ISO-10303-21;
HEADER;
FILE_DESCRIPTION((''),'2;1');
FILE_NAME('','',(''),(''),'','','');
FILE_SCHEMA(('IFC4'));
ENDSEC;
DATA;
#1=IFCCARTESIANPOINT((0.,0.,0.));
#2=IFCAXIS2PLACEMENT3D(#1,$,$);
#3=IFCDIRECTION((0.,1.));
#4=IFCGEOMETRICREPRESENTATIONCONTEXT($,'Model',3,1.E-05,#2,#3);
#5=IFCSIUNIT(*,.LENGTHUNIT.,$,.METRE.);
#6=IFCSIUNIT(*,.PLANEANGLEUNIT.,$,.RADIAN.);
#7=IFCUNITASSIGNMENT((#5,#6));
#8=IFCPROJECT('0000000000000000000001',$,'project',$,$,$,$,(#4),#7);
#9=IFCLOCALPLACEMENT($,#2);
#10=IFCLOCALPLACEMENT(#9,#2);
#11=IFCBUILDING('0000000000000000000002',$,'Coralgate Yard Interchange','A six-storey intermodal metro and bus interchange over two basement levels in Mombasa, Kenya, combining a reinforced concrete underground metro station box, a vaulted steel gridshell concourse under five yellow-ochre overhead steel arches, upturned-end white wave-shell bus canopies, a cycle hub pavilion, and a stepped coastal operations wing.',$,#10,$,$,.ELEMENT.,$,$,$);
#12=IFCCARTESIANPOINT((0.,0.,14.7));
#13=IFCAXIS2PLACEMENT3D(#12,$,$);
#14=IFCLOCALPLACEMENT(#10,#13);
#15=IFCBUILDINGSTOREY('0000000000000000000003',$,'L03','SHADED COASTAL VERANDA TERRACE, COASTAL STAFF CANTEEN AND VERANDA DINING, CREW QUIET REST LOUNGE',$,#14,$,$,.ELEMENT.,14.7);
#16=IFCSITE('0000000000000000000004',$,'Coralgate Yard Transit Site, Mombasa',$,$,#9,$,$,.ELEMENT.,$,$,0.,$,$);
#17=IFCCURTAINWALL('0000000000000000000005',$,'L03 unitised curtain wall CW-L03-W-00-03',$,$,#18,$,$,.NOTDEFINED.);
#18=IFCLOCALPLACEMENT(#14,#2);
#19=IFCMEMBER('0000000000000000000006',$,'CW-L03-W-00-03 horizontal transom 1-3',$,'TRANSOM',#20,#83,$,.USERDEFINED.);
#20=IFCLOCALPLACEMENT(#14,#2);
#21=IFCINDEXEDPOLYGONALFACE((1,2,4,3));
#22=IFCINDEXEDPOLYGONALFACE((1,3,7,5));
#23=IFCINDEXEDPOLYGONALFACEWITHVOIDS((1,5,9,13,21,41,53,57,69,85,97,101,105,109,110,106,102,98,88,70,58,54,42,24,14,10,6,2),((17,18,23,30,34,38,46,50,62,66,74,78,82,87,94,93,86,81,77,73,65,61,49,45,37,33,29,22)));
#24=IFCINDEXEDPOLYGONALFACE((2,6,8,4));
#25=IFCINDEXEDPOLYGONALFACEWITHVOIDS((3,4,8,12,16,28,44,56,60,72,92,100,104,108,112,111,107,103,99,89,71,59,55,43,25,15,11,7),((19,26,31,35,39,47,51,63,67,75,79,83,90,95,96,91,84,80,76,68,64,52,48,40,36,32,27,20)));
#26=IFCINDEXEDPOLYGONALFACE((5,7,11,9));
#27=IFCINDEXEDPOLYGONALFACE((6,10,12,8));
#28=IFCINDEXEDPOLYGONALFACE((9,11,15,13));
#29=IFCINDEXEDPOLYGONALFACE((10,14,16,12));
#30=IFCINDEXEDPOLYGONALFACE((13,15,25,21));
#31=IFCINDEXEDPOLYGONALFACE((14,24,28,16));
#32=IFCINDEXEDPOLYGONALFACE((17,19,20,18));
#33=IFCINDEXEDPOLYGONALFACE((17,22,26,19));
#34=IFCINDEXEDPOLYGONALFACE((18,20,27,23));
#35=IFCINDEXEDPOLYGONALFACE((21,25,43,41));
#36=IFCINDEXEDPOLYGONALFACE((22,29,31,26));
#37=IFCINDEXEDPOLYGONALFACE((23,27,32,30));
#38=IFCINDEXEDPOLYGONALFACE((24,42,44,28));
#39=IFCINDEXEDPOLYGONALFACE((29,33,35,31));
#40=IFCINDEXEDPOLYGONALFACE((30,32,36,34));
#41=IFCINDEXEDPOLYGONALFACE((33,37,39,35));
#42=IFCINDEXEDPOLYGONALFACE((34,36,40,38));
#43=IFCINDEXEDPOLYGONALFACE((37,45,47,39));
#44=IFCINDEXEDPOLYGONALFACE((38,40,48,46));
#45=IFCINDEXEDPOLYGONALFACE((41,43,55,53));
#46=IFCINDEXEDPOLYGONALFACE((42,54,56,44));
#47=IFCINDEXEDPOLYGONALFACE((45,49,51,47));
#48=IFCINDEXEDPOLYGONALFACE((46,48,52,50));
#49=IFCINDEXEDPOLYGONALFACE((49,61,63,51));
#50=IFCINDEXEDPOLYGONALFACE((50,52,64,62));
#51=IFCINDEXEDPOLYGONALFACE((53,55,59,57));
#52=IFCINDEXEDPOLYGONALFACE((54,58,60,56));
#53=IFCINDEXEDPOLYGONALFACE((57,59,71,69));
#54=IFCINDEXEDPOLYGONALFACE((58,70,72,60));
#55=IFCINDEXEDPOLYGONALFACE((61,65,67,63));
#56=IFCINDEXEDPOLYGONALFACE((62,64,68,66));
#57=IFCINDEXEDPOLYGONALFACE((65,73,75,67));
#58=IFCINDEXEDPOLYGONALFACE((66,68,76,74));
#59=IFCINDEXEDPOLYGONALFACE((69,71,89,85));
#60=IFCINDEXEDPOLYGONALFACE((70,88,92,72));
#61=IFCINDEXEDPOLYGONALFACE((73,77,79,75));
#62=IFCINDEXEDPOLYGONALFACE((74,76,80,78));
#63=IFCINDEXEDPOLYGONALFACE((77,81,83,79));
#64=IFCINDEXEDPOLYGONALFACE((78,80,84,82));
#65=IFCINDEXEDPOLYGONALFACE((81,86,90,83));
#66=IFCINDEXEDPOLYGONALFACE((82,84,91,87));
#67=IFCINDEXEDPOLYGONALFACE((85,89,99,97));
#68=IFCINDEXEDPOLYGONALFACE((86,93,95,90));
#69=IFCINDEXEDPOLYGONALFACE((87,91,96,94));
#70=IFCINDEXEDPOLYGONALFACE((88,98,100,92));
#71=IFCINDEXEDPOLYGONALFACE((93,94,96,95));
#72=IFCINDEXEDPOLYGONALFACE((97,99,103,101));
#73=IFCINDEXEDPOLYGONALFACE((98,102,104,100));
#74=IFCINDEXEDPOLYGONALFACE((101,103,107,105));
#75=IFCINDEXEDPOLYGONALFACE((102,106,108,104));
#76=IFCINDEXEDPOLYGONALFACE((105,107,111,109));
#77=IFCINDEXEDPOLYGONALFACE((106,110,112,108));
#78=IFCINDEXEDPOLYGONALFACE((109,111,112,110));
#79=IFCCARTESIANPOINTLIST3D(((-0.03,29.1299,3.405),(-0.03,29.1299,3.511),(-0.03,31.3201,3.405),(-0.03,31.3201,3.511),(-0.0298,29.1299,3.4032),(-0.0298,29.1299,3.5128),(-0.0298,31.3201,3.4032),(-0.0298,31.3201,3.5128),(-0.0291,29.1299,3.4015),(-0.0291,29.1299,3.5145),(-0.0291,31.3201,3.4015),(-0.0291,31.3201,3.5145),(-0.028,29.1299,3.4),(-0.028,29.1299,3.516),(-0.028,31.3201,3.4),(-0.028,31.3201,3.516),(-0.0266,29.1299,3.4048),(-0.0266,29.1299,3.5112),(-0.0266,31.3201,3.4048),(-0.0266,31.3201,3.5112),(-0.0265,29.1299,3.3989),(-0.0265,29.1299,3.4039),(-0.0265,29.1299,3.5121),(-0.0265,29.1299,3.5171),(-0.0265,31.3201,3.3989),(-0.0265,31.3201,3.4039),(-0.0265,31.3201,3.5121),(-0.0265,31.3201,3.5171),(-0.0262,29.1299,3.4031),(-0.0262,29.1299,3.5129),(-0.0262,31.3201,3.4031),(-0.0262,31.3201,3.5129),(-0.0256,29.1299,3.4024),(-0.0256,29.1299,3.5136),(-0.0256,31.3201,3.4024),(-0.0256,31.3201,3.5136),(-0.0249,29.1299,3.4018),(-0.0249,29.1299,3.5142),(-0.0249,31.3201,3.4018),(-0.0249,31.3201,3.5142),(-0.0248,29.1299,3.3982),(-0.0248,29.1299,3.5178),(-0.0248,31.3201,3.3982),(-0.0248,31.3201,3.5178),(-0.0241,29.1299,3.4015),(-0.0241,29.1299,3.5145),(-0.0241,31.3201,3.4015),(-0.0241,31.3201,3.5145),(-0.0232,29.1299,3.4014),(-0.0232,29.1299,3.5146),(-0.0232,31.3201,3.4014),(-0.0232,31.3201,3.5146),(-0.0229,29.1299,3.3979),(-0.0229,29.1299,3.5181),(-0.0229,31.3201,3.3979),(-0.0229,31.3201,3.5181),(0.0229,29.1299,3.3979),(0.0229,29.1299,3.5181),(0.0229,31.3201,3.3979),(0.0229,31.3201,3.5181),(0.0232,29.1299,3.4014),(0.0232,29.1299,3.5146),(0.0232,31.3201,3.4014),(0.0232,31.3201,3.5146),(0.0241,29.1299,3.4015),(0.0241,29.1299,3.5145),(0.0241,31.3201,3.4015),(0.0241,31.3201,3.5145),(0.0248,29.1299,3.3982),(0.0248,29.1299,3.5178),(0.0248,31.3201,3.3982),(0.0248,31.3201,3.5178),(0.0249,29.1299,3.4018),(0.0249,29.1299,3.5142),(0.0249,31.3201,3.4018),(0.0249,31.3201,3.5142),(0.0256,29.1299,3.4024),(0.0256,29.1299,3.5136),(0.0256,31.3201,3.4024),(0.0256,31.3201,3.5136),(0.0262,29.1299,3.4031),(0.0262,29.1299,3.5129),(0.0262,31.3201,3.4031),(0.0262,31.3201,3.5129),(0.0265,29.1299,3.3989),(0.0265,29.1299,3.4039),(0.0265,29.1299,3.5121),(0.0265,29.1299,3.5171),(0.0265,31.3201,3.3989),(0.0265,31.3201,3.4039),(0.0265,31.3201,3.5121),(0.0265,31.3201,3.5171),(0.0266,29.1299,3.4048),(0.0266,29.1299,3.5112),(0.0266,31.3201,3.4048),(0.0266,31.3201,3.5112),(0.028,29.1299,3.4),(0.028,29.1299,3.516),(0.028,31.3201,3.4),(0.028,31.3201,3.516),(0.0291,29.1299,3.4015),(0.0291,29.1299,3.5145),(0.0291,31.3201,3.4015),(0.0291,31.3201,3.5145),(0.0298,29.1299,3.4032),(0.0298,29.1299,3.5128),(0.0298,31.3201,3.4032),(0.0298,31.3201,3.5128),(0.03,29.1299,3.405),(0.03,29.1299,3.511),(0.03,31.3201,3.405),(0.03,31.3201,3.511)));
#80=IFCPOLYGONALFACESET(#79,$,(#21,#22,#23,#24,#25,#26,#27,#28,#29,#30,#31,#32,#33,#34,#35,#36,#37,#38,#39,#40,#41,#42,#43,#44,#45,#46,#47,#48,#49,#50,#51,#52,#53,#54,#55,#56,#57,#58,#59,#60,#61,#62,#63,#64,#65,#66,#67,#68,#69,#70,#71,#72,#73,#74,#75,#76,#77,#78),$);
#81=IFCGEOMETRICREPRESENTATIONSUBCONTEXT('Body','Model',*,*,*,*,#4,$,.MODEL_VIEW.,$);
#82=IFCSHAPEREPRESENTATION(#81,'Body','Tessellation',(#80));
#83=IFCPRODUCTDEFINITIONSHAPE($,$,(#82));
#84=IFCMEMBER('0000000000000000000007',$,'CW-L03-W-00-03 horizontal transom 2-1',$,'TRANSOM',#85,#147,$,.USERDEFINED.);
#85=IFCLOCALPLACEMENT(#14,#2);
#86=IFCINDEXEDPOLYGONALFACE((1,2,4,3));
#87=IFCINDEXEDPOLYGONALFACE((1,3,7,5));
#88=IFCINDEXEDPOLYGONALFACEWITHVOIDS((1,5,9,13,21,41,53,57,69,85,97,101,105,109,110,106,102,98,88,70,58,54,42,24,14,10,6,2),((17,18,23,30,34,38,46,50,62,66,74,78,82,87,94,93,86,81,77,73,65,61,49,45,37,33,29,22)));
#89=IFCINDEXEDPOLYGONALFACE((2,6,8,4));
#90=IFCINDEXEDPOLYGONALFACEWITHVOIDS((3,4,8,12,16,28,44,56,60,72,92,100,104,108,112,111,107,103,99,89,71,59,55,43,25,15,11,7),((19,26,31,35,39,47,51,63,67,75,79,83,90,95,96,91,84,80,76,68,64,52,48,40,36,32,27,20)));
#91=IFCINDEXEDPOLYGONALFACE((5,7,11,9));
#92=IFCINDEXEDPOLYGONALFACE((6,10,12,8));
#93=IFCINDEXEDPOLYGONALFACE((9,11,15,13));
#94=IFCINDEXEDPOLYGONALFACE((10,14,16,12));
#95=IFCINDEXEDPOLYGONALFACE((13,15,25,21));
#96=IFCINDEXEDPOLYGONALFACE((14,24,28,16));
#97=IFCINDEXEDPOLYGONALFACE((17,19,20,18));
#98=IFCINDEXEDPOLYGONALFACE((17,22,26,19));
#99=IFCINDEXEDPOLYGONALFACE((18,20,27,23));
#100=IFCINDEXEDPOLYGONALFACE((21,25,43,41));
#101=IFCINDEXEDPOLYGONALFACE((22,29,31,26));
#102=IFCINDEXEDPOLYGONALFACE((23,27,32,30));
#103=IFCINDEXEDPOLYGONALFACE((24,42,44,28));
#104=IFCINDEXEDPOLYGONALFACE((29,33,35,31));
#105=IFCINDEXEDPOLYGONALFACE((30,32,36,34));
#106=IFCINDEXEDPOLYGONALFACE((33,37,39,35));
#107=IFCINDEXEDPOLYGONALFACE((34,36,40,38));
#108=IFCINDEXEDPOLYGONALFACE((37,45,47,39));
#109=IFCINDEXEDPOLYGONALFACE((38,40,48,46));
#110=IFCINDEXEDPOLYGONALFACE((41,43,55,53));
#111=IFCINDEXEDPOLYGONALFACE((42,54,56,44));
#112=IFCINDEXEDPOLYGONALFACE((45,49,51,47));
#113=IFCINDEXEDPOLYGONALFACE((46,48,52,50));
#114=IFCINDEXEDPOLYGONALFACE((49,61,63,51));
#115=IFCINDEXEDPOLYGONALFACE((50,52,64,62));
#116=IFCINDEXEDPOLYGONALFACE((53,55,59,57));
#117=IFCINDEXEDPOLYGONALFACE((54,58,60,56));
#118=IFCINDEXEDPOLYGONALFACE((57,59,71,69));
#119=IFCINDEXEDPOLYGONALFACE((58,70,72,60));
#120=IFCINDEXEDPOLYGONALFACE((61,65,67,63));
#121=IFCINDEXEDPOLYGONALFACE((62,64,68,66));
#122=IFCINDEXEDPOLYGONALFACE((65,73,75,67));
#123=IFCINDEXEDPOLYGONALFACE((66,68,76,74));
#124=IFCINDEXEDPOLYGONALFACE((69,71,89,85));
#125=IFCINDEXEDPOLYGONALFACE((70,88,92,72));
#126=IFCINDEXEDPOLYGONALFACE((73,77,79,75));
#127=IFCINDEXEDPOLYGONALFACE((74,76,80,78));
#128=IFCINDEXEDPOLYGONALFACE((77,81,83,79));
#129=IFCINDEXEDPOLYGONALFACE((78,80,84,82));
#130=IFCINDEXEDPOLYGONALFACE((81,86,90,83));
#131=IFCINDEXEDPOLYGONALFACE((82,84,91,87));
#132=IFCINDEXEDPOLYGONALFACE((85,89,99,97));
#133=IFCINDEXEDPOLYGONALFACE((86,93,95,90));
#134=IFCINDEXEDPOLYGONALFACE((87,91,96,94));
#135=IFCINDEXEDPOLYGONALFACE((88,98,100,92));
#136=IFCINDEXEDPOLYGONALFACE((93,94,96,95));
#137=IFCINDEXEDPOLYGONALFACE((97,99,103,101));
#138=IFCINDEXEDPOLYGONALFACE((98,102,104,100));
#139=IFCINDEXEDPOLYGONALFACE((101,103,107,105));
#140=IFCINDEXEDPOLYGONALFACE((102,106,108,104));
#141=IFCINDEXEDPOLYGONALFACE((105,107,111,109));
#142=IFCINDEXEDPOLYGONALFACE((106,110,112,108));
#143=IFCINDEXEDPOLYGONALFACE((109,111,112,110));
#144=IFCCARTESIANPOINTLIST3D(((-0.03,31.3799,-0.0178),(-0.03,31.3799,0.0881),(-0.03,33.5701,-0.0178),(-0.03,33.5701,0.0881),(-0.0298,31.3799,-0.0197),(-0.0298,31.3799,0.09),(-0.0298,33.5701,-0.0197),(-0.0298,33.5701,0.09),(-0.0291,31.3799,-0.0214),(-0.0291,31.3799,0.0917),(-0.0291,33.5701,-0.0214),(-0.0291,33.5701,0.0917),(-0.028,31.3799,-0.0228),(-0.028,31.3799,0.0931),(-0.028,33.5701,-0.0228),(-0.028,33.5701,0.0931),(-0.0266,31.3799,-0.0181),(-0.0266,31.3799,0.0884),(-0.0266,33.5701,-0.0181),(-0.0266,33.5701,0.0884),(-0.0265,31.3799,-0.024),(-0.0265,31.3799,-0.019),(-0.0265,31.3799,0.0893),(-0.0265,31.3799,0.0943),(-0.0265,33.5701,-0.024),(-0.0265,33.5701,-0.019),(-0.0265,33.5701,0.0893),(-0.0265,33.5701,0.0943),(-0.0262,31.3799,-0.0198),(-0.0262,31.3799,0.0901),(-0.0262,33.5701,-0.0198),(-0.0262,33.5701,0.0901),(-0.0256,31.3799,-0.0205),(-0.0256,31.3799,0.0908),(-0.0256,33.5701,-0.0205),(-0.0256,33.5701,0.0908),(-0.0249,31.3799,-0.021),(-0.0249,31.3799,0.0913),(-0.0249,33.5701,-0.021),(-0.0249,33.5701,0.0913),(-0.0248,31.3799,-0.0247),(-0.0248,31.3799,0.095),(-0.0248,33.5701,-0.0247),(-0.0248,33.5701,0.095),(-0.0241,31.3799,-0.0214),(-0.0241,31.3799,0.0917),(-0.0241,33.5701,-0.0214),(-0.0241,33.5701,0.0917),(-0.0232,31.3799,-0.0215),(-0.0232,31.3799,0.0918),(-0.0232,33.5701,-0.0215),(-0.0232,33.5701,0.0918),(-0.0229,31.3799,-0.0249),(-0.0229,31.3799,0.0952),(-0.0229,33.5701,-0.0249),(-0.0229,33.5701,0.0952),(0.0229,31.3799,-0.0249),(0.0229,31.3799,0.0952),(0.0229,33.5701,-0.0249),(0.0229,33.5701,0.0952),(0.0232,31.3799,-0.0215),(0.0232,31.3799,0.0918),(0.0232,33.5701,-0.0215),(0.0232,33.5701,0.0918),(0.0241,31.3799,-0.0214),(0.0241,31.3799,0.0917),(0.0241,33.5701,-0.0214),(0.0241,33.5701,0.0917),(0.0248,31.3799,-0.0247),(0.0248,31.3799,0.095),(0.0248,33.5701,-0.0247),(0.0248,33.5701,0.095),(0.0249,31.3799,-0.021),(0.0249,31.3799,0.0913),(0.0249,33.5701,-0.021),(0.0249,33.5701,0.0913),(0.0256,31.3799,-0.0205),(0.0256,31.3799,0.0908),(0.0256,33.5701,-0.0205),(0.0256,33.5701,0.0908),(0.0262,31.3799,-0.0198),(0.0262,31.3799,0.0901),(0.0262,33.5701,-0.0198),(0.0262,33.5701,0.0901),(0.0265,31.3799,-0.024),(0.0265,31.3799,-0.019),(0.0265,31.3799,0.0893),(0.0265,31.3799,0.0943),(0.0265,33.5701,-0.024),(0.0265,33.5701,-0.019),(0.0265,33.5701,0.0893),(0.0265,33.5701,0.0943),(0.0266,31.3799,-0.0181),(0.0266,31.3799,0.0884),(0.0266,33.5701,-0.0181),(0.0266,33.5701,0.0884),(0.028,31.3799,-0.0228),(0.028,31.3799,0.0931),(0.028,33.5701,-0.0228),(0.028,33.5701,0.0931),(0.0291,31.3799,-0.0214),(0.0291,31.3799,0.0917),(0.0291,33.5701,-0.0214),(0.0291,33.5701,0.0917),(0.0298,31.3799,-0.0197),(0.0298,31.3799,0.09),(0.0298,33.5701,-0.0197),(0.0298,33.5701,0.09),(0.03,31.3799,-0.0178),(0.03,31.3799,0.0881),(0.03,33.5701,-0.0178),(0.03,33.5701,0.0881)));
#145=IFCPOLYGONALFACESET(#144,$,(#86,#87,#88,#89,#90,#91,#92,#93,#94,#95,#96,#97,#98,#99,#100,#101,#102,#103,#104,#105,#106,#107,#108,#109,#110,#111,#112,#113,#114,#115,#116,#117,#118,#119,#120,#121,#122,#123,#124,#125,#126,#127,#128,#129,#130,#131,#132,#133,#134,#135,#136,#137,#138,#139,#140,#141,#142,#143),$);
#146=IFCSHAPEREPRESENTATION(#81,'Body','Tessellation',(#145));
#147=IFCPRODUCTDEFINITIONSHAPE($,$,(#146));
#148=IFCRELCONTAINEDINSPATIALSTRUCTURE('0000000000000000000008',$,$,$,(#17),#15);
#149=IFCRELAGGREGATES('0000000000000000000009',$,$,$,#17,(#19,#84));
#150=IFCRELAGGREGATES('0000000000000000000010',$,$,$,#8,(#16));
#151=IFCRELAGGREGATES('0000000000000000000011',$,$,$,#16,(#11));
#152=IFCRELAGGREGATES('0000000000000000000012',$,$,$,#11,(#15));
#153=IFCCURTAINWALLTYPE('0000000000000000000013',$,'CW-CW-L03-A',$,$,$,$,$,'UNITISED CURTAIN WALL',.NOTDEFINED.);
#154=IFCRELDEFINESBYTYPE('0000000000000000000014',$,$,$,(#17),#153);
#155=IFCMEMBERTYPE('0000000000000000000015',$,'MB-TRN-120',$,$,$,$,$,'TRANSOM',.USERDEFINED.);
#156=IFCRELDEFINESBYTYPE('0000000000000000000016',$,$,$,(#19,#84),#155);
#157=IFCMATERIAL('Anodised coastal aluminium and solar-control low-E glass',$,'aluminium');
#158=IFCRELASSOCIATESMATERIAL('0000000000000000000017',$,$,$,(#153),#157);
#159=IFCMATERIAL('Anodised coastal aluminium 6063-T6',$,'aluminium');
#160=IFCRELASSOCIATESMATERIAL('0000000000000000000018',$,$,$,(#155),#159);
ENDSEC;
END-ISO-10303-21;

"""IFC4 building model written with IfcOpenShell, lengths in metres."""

from ifc_helpers import new_model, si_unit, direction, frame, origin, origin_2d, place, context, subcontext, project, spatial, hollow_rectangle, extrude, material, material_profile, profile_set, type_object, element, aggregate, save


model = new_model("IFC4")

# Units and contexts
model_context = context("Model", 3, precision=1e-05, world=origin(), true_north=direction((0.0, 1.0)))
body_context = subcontext(model_context, "Body", "Model", "MODEL_VIEW")
ifc_project = project(units=[si_unit("LENGTHUNIT", "METRE"), si_unit("PLANEANGLEUNIT", "RADIAN")], contexts=[model_context])

# Site, building, storey
site_placement = place(None, origin())
site = spatial("IfcSite", under=ifc_project, at=site_placement, Name="Coralgate Yard Transit Site, Mombasa", CompositionType="ELEMENT", RefElevation=0.0)
building_placement = place(site_placement, origin())
building = spatial("IfcBuilding", under=site, at=building_placement, Name="Coralgate Yard Interchange", Description="A six-storey intermodal metro and bus interchange over two basement levels in Mombasa, Kenya, combining a reinforced concrete underground metro station box, a vaulted steel gridshell concourse under five yellow-ochre overhead steel arches, upturned-end white wave-shell bus canopies, a cycle hub pavilion, and a stepped coastal operations wing.", CompositionType="ELEMENT")
storey_placement = place(building_placement, frame((0.0, 0.0, 14.7)))
storey = spatial("IfcBuildingStorey", under=building, at=storey_placement, Name="L03", Description="SHADED COASTAL VERANDA TERRACE, COASTAL STAFF CANTEEN AND VERANDA DINING, CREW QUIET REST LOUNGE", CompositionType="ELEMENT", Elevation=14.7)

# Curtain wall, members
ifc_material_1 = material(Name="Anodised coastal aluminium and solar-control low-E glass", Category="aluminium")
curtain_wall_type = type_object("IfcCurtainWallType", Name="CW-CW-L03-A", ElementType="UNITISED CURTAIN WALL", PredefinedType="NOTDEFINED", material=ifc_material_1)
curtain_wall_placement = place(storey_placement, origin())
curtain_wall = element("IfcCurtainWall", 1, at=curtain_wall_placement, inside=storey, type_object=curtain_wall_type, Name="L03 unitised curtain wall CW-L03-W-00-03", PredefinedType="NOTDEFINED")
ifc_material_2 = material(Name="Anodised coastal aluminium 6063-T6", Category="aluminium")
ifc_material_profile_1 = material_profile(ifc_material_2, hollow_rectangle(XDim=0.0601, YDim=0.1201, WallThickness=0.0034, InnerFilletRadius=0.0034, OuterFilletRadius=0.0071, at=origin_2d()), Name="ALU 60x120x3.5")
ifc_profile_set_1 = profile_set([ifc_material_profile_1], Name="Anodised coastal aluminium 6063-T6")
member_type_1 = type_object("IfcMemberType", Name="MB-TRN-120", ElementType="TRANSOM", PredefinedType="USERDEFINED", material=ifc_profile_set_1)
member_1_placement = place(storey_placement, frame((0.0, 29.1299, 3.458), z_axis=(0.0, 1.0, 0.0), x_axis=(-1.0, 0.0, 0.0)))
member_1 = element("IfcMember", 2, at=member_1_placement, type_object=member_type_1, Name="CW-L03-W-00-03 horizontal transom 1-3", ObjectType="TRANSOM", PredefinedType="USERDEFINED", context=body_context, shape_type="SweptSolid", body=[
    extrude(hollow_rectangle(XDim=0.0601, YDim=0.1201, WallThickness=0.0034, InnerFilletRadius=0.0034, OuterFilletRadius=0.0071, at=origin_2d()), origin(), (0.0, 0.0, 1.0), 2.1902),
])
member_2_placement = place(storey_placement, frame((0.0, 31.3799, 0.0352), z_axis=(0.0, 1.0, 0.0), x_axis=(-1.0, 0.0, 0.0)))
member_2 = element("IfcMember", 3, at=member_2_placement, type_object=member_type_1, Name="CW-L03-W-00-03 horizontal transom 2-1", ObjectType="TRANSOM", PredefinedType="USERDEFINED", context=body_context, shape_type="SweptSolid", body=[
    extrude(hollow_rectangle(XDim=0.0601, YDim=0.1201, WallThickness=0.0034, InnerFilletRadius=0.0034, OuterFilletRadius=0.0071, at=origin_2d()), origin(), (0.0, 0.0, 1.0), 2.1902),
])
aggregate(curtain_wall, [member_1, member_2])

save(model, "model.ifc")
